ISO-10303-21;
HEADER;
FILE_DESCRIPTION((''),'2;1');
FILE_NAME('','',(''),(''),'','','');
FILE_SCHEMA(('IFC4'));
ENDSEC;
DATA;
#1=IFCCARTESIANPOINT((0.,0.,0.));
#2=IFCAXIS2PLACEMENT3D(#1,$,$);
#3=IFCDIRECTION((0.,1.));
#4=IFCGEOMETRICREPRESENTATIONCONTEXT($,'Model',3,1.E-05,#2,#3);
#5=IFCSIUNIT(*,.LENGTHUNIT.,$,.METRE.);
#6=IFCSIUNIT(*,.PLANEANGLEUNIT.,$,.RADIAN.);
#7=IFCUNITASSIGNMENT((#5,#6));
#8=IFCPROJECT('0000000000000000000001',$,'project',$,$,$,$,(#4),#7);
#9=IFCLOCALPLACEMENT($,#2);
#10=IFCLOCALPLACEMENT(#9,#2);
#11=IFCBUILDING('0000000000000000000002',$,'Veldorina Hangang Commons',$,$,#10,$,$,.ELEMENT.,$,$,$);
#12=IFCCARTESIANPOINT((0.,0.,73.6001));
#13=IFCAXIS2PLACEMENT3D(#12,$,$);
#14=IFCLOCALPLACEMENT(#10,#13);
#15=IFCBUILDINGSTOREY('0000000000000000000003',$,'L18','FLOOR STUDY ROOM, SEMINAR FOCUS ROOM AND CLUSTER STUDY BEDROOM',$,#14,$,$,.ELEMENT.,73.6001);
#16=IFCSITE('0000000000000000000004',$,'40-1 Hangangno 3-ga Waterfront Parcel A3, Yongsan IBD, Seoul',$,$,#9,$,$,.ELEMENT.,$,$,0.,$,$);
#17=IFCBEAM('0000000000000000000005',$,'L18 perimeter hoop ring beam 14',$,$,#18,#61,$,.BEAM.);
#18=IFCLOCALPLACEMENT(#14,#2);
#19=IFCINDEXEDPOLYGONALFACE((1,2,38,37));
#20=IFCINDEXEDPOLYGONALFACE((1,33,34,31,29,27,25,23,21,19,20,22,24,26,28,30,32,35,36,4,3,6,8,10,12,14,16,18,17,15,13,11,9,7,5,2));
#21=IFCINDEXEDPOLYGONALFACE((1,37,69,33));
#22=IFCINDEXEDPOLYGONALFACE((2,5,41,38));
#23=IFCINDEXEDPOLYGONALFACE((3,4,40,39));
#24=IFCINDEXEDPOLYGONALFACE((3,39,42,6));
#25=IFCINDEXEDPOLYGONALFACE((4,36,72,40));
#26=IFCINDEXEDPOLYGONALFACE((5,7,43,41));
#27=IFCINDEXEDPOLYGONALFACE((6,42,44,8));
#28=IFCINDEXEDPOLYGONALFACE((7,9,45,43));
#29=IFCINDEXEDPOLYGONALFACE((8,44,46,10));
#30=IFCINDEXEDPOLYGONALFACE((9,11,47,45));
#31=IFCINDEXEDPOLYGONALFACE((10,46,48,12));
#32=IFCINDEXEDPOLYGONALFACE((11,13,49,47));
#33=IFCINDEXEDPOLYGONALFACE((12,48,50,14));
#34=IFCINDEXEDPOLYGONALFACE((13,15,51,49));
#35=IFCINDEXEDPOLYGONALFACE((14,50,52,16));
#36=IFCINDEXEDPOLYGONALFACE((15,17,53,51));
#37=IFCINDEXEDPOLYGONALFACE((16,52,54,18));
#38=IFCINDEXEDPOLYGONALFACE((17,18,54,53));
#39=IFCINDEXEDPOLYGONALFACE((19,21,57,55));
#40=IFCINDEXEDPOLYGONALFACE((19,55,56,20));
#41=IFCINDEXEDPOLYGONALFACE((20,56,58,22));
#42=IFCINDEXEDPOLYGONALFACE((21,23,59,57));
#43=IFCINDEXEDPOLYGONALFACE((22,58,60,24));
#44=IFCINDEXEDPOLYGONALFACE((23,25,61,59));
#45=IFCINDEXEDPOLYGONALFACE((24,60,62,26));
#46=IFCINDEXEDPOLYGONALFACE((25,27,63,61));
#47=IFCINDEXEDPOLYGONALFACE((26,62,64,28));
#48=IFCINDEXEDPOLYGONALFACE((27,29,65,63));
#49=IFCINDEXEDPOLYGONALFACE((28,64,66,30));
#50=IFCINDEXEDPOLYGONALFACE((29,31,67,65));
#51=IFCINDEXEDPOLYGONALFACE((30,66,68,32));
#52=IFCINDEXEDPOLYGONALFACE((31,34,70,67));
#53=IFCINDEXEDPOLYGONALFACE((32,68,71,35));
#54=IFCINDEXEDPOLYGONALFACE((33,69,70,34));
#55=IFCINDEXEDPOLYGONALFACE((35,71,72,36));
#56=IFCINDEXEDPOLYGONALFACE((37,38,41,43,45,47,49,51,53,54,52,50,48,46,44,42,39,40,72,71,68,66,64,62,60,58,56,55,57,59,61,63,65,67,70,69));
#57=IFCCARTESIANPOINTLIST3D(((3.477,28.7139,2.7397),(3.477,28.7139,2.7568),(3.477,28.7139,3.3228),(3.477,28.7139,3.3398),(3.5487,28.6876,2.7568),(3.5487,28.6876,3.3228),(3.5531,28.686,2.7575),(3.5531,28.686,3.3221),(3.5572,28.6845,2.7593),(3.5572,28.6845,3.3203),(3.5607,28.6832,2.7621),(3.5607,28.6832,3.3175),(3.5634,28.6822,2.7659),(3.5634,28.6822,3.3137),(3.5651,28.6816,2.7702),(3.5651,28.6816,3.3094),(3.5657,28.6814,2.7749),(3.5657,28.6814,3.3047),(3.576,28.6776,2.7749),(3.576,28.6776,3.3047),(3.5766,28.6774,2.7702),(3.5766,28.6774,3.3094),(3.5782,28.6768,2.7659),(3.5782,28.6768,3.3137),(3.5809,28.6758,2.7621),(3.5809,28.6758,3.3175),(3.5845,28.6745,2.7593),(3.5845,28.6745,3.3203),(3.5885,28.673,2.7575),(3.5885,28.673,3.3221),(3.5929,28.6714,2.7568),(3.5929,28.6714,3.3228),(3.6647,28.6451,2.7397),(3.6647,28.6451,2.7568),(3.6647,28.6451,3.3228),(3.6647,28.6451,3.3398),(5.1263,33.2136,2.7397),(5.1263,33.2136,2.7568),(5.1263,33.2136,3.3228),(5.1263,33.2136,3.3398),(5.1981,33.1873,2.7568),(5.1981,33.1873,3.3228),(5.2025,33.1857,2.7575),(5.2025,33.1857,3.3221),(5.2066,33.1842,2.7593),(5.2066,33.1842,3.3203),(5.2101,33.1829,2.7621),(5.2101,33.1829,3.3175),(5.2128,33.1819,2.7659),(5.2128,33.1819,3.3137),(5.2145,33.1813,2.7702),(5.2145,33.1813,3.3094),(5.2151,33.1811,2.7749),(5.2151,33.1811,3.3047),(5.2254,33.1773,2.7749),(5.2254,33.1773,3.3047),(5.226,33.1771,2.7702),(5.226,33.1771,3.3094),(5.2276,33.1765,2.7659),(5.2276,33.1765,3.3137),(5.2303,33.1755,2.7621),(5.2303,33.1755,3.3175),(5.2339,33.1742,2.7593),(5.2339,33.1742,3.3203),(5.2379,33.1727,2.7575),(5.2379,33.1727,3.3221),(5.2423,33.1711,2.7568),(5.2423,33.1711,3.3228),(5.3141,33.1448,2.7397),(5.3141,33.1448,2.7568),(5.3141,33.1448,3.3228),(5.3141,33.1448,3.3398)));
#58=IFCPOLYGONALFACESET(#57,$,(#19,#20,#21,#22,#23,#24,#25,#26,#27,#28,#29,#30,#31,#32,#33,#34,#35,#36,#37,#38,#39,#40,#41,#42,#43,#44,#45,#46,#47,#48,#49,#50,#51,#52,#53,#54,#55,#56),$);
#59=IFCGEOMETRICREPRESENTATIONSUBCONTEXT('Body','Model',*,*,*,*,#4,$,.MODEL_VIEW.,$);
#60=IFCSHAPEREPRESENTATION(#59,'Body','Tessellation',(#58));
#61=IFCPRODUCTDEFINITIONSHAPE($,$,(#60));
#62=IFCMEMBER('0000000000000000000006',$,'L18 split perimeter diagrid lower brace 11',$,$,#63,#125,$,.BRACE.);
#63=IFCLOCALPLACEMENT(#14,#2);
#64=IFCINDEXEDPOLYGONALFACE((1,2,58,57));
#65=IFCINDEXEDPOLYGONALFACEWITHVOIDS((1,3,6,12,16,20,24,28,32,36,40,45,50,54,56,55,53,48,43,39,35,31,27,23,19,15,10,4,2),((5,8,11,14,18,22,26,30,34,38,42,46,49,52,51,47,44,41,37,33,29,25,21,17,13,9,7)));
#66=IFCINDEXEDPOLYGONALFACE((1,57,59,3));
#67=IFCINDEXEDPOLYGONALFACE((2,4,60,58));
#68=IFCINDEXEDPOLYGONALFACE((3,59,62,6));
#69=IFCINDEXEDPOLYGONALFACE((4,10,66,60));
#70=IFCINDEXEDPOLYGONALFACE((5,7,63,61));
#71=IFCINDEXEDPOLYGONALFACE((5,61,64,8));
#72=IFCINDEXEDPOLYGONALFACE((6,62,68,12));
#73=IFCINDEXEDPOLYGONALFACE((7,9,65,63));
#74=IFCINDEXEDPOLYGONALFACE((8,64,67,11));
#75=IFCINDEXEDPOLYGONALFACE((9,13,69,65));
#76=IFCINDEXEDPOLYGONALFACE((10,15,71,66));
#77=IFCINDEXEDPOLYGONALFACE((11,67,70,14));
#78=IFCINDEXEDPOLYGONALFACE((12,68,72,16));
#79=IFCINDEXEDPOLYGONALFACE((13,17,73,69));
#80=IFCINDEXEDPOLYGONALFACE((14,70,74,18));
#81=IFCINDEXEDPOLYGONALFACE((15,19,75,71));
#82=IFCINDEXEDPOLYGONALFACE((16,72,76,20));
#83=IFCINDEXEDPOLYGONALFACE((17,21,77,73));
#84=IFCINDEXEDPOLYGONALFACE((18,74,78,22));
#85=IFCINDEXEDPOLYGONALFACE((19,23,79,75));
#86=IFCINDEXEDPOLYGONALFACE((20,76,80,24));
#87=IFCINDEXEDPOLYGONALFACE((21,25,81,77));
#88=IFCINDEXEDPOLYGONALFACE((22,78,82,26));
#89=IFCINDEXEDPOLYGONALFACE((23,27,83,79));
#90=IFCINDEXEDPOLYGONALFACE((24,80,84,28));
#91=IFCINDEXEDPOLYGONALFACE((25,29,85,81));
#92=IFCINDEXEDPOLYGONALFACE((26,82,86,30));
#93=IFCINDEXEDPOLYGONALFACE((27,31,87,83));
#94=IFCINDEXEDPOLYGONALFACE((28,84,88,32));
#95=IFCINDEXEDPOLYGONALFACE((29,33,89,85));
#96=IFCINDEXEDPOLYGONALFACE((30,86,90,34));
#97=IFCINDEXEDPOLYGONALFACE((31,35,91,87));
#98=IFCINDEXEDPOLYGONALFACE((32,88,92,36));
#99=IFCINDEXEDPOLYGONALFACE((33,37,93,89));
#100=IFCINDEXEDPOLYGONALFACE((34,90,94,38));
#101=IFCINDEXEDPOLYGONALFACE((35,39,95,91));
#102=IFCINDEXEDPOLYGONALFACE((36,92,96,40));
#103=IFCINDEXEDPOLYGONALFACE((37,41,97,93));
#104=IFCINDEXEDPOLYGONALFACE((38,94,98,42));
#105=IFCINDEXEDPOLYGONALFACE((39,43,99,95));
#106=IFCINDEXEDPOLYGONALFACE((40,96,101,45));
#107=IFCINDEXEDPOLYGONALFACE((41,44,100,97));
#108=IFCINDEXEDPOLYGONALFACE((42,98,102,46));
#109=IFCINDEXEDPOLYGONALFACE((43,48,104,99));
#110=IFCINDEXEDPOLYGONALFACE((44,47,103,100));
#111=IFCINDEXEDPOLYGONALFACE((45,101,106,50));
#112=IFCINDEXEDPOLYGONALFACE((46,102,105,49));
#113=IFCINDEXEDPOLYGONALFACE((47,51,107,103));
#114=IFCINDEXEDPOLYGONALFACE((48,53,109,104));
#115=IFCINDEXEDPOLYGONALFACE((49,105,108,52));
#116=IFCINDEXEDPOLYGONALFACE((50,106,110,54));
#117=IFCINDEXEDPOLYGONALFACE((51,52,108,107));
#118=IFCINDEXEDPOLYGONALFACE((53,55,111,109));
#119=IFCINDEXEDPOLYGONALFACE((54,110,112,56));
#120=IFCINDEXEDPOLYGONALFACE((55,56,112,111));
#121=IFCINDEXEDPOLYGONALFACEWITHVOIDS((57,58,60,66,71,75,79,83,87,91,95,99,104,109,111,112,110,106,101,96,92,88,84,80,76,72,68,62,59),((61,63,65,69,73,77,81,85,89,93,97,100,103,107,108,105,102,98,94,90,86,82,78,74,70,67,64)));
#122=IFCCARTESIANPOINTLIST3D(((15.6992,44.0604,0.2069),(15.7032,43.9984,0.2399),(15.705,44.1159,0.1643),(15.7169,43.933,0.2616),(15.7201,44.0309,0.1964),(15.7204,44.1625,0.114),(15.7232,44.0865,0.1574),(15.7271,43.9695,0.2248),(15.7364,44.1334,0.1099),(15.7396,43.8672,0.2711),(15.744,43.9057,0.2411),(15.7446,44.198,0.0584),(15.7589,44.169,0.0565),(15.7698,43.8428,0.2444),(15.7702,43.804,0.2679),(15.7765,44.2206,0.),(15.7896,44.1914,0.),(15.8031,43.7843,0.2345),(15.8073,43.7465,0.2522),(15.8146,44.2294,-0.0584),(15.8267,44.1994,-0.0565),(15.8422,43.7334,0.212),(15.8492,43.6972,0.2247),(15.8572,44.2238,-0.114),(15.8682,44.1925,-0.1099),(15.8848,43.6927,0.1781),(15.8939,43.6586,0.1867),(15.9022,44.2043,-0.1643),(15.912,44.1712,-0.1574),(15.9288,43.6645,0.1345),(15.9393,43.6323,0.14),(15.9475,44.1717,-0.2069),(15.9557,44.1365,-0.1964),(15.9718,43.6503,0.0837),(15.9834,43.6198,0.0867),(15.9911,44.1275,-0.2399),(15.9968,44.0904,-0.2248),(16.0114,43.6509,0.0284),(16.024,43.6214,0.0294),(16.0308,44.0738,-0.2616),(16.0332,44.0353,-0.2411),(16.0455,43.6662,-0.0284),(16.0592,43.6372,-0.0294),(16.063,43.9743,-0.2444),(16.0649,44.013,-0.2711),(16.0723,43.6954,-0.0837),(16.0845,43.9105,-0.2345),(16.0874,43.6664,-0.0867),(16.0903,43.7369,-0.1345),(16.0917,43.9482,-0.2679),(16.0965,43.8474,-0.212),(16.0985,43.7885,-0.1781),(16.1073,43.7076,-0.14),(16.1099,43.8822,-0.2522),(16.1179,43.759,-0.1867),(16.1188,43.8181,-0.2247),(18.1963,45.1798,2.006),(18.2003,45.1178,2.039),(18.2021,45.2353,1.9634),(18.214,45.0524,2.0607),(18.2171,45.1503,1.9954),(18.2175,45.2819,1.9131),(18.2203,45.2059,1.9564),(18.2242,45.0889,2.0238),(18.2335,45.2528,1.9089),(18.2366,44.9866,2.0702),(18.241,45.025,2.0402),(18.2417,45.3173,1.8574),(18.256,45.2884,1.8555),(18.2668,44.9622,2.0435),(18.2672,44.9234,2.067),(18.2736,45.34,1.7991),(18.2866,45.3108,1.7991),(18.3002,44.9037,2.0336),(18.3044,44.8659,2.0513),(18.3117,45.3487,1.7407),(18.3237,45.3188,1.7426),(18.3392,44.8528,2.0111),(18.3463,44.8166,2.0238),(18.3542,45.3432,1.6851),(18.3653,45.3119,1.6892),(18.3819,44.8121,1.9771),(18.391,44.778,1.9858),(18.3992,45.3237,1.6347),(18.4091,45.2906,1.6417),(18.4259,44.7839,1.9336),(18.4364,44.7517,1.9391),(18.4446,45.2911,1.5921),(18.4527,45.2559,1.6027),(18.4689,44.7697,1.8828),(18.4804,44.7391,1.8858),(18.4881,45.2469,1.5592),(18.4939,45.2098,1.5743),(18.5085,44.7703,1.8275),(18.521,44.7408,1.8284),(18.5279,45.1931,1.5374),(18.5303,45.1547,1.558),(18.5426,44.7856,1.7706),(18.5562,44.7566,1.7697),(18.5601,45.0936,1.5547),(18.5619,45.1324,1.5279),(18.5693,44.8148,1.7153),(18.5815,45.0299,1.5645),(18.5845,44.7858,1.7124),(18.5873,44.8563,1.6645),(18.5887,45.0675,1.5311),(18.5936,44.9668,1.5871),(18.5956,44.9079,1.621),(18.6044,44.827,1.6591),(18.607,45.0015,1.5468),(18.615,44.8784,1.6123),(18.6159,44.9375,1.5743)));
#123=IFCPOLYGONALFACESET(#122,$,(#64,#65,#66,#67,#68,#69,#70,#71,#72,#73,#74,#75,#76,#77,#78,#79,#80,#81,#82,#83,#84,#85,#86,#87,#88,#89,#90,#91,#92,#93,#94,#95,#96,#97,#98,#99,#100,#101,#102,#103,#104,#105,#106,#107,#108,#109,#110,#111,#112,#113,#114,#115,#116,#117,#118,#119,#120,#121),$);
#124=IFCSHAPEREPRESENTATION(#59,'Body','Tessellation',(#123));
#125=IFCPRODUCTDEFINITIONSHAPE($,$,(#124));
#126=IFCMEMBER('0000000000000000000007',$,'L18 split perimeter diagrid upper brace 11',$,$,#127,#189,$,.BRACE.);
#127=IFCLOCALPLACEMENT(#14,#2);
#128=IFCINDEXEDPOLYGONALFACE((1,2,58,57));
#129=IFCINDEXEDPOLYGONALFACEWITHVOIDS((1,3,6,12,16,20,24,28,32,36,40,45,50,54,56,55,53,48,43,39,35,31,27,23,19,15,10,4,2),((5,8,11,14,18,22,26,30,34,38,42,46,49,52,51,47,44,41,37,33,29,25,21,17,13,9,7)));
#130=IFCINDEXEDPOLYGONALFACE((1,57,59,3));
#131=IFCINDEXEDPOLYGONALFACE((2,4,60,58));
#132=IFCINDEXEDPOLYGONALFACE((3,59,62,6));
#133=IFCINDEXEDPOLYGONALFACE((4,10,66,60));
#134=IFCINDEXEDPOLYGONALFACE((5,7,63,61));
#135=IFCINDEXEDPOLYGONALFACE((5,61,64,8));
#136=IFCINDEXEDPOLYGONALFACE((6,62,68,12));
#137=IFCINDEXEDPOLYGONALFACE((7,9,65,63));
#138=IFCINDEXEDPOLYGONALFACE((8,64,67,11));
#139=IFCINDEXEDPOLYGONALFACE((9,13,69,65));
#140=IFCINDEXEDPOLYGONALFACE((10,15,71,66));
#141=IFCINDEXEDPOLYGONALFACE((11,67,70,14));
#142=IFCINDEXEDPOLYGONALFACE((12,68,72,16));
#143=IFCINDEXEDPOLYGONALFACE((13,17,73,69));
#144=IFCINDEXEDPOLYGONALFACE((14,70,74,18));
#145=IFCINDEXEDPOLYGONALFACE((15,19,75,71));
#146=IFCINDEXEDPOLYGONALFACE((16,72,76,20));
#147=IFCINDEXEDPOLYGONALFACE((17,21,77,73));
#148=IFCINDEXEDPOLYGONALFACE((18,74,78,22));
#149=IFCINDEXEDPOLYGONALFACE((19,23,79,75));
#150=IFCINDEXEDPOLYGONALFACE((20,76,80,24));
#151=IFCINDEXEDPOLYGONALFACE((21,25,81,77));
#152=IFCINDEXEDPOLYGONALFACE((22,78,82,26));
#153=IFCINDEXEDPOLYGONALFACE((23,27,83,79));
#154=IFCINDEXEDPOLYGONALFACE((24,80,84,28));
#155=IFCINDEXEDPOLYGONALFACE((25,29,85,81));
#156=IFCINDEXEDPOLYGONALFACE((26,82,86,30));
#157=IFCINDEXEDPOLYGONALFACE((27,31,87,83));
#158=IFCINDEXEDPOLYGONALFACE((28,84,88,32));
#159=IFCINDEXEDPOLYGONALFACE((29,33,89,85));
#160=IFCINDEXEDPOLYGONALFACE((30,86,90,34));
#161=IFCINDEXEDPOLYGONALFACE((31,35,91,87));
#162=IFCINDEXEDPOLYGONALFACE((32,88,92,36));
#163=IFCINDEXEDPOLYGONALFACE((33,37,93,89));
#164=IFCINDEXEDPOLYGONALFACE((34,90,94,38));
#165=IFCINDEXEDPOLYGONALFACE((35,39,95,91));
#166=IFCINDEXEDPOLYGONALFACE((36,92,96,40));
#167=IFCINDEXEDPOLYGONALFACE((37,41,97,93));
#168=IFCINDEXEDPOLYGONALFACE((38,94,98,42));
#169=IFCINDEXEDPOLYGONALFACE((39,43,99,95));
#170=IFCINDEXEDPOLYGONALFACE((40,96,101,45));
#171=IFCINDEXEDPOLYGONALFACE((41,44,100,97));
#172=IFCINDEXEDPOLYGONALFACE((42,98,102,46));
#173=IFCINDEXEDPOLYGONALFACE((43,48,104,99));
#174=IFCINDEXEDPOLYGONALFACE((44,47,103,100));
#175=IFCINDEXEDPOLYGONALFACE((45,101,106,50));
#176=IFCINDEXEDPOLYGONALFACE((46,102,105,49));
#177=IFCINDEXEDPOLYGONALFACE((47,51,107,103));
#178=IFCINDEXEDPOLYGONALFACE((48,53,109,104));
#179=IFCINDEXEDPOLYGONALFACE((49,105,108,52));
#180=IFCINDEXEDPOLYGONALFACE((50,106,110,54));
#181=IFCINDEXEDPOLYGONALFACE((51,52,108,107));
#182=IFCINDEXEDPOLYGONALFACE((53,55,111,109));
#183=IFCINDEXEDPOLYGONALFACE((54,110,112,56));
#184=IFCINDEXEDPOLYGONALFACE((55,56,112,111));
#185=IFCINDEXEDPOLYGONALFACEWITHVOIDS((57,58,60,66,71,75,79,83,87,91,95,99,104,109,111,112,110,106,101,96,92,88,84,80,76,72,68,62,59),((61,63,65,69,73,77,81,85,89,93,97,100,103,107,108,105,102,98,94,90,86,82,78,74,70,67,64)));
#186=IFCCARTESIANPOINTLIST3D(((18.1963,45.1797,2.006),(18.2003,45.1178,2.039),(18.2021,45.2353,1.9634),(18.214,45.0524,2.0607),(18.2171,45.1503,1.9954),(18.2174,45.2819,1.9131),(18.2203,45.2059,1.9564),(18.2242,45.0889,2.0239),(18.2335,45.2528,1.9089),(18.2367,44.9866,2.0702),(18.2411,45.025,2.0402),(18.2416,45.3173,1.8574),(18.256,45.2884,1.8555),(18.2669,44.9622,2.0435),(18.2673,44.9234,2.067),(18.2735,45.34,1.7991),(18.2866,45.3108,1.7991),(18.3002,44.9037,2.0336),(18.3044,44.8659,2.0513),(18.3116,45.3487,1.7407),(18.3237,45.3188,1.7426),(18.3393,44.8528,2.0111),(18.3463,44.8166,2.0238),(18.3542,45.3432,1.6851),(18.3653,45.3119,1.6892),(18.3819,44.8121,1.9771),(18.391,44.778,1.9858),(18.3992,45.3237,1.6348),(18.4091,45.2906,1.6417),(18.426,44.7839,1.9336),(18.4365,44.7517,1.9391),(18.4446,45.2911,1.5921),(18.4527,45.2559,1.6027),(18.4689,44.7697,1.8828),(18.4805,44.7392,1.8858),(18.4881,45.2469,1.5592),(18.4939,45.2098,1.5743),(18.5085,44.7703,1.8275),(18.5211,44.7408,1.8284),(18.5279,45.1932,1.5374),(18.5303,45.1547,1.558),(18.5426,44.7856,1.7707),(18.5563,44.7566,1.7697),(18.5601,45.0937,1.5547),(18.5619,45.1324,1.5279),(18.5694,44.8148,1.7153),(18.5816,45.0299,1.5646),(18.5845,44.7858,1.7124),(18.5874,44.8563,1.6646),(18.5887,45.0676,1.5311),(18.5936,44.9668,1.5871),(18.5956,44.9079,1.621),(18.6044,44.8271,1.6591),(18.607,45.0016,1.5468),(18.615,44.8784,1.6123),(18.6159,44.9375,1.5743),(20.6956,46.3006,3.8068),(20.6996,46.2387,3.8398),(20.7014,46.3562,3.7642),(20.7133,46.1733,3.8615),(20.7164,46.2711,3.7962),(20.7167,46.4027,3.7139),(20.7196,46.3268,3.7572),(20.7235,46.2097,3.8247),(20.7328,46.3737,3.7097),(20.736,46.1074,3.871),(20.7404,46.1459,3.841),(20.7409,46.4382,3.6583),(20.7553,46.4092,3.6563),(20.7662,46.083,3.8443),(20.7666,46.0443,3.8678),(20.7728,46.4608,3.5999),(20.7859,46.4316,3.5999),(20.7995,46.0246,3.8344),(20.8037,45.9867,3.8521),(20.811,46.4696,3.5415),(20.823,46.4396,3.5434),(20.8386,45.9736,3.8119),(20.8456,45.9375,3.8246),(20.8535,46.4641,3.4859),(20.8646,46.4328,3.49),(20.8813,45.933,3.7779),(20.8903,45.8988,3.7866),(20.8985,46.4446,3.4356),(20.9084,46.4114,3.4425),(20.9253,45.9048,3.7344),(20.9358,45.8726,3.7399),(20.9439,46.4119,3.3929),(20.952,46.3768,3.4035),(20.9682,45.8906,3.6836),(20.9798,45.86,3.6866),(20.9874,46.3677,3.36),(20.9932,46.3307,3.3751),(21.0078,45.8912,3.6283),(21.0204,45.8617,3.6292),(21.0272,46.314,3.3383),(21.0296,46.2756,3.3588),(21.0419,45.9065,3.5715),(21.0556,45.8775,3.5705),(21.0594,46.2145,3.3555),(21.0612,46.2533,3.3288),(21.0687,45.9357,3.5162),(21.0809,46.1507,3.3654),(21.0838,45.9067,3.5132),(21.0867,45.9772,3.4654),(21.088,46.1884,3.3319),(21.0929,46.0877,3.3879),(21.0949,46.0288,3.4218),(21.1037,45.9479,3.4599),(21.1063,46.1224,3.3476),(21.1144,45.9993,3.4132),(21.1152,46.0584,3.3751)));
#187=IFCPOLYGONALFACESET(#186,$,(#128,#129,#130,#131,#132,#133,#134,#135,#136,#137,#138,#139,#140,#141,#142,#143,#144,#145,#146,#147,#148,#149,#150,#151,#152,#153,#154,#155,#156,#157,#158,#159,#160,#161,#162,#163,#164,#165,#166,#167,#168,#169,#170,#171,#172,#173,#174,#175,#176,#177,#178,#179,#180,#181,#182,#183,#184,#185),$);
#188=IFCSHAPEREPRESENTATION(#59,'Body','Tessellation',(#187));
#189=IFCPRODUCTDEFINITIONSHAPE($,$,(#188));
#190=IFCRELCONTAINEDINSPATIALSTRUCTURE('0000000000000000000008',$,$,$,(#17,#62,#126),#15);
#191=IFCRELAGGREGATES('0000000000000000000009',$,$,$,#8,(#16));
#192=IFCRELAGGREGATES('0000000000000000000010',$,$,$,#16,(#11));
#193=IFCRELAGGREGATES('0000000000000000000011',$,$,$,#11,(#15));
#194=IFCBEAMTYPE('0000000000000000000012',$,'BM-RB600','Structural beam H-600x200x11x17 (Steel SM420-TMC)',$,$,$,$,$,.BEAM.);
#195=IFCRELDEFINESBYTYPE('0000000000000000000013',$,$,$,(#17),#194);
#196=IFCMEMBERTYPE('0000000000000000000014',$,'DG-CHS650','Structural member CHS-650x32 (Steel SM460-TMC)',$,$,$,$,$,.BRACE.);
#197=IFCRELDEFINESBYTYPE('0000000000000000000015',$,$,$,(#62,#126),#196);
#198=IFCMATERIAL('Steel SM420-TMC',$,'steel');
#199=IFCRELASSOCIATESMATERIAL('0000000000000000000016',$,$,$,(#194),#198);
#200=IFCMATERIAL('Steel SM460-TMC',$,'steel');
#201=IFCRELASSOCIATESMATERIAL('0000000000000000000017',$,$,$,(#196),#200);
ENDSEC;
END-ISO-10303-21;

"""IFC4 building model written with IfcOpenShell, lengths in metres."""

from ifc_helpers import new_model, si_unit, direction, frame, origin, origin_2d, place, context, subcontext, project, spatial, hollow_circle, i_section, extrude, material, material_profile, profile_set, type_object, element, save


model = new_model("IFC4")

# Units and contexts
model_context = context("Model", 3, precision=1e-05, world=origin(), true_north=direction((0.0, 1.0)))
body_context = subcontext(model_context, "Body", "Model", "MODEL_VIEW")
ifc_project = project(units=[si_unit("LENGTHUNIT", "METRE"), si_unit("PLANEANGLEUNIT", "RADIAN")], contexts=[model_context])

# Site, building, storey
site_placement = place(None, origin())
site = spatial("IfcSite", under=ifc_project, at=site_placement, Name="40-1 Hangangno 3-ga Waterfront Parcel A3, Yongsan IBD, Seoul", CompositionType="ELEMENT", RefElevation=0.0)
building_placement = place(site_placement, origin())
building = spatial("IfcBuilding", under=site, at=building_placement, Name="Veldorina Hangang Commons", CompositionType="ELEMENT")
storey_placement = place(building_placement, frame((0.0, 0.0, 73.6001)))
storey = spatial("IfcBuildingStorey", under=building, at=storey_placement, Name="L18", Description="FLOOR STUDY ROOM, SEMINAR FOCUS ROOM AND CLUSTER STUDY BEDROOM", CompositionType="ELEMENT", Elevation=73.6001)

# Beam
ifc_material_1 = material(Name="Steel SM420-TMC", Category="steel")
ifc_material_profile_1 = material_profile(ifc_material_1, i_section(OverallWidth=0.2, OverallDepth=0.6001, WebThickness=0.011, FlangeThickness=0.0171, FilletRadius=0.0181, at=origin_2d()), Name="H-600x200x11x17")
ifc_profile_set_1 = profile_set([ifc_material_profile_1], Name="Steel SM420-TMC")
beam_type_1 = type_object("IfcBeamType", Name="BM-RB600", Description="Structural beam H-600x200x11x17 (Steel SM420-TMC)", PredefinedType="BEAM", material=ifc_profile_set_1)
beam_1_placement = place(storey_placement, frame((5.2202, 33.1792, 3.0398), z_axis=(-0.344163, -0.93891, 0.0), x_axis=(0.93891, -0.344163, 0.0)))
element("IfcBeam", 1, at=beam_1_placement, inside=storey, type_object=beam_type_1, Name="L18 perimeter hoop ring beam 14", PredefinedType="BEAM", context=body_context, shape_type="SweptSolid", body=[
    extrude(i_section(OverallWidth=0.2, OverallDepth=0.6001, WebThickness=0.011, FlangeThickness=0.0171, FilletRadius=0.0181, at=origin_2d()), origin(), (0.0, 0.0, 1.0), 4.7925),
])

# Members
ifc_material_2 = material(Name="Steel SM460-TMC", Category="steel")
ifc_material_profile_2 = material_profile(ifc_material_2, hollow_circle(Radius=0.325, WallThickness=0.032, at=origin_2d()), Name="CHS-650x32")
ifc_profile_set_2 = profile_set([ifc_material_profile_2], Name="Steel SM460-TMC")
member_type = type_object("IfcMemberType", Name="DG-CHS650", Description="Structural member CHS-650x32 (Steel SM460-TMC)", PredefinedType="BRACE", material=ifc_profile_set_2)
member_1_placement = place(storey_placement, frame((15.9094, 43.9241, 0.0), z_axis=(0.762485, 0.341806, 0.54935), x_axis=(-0.409058, 0.912508, 0.0)))
element("IfcMember", 2, at=member_1_placement, inside=storey, type_object=member_type, Name="L18 split perimeter diagrid lower brace 11", PredefinedType="BRACE", context=body_context, shape_type="SweptSolid", body=[
    extrude(hollow_circle(Radius=0.325, WallThickness=0.032, at=origin_2d()), origin(), (0.0, 0.0, 1.0), 3.2749),
])
member_2_placement = place(storey_placement, frame((18.4065, 45.0435, 1.7991), z_axis=(0.762431, 0.341928, 0.549349), x_axis=(-0.409204, 0.912443, 0.0)))
element("IfcMember", 3, at=member_2_placement, inside=storey, type_object=member_type, Name="L18 split perimeter diagrid upper brace 11", PredefinedType="BRACE", context=body_context, shape_type="SweptSolid", body=[
    extrude(hollow_circle(Radius=0.325, WallThickness=0.032, at=origin_2d()), origin(), (0.0, 0.0, 1.0), 3.2781),
])

save(model, "model.ifc")
